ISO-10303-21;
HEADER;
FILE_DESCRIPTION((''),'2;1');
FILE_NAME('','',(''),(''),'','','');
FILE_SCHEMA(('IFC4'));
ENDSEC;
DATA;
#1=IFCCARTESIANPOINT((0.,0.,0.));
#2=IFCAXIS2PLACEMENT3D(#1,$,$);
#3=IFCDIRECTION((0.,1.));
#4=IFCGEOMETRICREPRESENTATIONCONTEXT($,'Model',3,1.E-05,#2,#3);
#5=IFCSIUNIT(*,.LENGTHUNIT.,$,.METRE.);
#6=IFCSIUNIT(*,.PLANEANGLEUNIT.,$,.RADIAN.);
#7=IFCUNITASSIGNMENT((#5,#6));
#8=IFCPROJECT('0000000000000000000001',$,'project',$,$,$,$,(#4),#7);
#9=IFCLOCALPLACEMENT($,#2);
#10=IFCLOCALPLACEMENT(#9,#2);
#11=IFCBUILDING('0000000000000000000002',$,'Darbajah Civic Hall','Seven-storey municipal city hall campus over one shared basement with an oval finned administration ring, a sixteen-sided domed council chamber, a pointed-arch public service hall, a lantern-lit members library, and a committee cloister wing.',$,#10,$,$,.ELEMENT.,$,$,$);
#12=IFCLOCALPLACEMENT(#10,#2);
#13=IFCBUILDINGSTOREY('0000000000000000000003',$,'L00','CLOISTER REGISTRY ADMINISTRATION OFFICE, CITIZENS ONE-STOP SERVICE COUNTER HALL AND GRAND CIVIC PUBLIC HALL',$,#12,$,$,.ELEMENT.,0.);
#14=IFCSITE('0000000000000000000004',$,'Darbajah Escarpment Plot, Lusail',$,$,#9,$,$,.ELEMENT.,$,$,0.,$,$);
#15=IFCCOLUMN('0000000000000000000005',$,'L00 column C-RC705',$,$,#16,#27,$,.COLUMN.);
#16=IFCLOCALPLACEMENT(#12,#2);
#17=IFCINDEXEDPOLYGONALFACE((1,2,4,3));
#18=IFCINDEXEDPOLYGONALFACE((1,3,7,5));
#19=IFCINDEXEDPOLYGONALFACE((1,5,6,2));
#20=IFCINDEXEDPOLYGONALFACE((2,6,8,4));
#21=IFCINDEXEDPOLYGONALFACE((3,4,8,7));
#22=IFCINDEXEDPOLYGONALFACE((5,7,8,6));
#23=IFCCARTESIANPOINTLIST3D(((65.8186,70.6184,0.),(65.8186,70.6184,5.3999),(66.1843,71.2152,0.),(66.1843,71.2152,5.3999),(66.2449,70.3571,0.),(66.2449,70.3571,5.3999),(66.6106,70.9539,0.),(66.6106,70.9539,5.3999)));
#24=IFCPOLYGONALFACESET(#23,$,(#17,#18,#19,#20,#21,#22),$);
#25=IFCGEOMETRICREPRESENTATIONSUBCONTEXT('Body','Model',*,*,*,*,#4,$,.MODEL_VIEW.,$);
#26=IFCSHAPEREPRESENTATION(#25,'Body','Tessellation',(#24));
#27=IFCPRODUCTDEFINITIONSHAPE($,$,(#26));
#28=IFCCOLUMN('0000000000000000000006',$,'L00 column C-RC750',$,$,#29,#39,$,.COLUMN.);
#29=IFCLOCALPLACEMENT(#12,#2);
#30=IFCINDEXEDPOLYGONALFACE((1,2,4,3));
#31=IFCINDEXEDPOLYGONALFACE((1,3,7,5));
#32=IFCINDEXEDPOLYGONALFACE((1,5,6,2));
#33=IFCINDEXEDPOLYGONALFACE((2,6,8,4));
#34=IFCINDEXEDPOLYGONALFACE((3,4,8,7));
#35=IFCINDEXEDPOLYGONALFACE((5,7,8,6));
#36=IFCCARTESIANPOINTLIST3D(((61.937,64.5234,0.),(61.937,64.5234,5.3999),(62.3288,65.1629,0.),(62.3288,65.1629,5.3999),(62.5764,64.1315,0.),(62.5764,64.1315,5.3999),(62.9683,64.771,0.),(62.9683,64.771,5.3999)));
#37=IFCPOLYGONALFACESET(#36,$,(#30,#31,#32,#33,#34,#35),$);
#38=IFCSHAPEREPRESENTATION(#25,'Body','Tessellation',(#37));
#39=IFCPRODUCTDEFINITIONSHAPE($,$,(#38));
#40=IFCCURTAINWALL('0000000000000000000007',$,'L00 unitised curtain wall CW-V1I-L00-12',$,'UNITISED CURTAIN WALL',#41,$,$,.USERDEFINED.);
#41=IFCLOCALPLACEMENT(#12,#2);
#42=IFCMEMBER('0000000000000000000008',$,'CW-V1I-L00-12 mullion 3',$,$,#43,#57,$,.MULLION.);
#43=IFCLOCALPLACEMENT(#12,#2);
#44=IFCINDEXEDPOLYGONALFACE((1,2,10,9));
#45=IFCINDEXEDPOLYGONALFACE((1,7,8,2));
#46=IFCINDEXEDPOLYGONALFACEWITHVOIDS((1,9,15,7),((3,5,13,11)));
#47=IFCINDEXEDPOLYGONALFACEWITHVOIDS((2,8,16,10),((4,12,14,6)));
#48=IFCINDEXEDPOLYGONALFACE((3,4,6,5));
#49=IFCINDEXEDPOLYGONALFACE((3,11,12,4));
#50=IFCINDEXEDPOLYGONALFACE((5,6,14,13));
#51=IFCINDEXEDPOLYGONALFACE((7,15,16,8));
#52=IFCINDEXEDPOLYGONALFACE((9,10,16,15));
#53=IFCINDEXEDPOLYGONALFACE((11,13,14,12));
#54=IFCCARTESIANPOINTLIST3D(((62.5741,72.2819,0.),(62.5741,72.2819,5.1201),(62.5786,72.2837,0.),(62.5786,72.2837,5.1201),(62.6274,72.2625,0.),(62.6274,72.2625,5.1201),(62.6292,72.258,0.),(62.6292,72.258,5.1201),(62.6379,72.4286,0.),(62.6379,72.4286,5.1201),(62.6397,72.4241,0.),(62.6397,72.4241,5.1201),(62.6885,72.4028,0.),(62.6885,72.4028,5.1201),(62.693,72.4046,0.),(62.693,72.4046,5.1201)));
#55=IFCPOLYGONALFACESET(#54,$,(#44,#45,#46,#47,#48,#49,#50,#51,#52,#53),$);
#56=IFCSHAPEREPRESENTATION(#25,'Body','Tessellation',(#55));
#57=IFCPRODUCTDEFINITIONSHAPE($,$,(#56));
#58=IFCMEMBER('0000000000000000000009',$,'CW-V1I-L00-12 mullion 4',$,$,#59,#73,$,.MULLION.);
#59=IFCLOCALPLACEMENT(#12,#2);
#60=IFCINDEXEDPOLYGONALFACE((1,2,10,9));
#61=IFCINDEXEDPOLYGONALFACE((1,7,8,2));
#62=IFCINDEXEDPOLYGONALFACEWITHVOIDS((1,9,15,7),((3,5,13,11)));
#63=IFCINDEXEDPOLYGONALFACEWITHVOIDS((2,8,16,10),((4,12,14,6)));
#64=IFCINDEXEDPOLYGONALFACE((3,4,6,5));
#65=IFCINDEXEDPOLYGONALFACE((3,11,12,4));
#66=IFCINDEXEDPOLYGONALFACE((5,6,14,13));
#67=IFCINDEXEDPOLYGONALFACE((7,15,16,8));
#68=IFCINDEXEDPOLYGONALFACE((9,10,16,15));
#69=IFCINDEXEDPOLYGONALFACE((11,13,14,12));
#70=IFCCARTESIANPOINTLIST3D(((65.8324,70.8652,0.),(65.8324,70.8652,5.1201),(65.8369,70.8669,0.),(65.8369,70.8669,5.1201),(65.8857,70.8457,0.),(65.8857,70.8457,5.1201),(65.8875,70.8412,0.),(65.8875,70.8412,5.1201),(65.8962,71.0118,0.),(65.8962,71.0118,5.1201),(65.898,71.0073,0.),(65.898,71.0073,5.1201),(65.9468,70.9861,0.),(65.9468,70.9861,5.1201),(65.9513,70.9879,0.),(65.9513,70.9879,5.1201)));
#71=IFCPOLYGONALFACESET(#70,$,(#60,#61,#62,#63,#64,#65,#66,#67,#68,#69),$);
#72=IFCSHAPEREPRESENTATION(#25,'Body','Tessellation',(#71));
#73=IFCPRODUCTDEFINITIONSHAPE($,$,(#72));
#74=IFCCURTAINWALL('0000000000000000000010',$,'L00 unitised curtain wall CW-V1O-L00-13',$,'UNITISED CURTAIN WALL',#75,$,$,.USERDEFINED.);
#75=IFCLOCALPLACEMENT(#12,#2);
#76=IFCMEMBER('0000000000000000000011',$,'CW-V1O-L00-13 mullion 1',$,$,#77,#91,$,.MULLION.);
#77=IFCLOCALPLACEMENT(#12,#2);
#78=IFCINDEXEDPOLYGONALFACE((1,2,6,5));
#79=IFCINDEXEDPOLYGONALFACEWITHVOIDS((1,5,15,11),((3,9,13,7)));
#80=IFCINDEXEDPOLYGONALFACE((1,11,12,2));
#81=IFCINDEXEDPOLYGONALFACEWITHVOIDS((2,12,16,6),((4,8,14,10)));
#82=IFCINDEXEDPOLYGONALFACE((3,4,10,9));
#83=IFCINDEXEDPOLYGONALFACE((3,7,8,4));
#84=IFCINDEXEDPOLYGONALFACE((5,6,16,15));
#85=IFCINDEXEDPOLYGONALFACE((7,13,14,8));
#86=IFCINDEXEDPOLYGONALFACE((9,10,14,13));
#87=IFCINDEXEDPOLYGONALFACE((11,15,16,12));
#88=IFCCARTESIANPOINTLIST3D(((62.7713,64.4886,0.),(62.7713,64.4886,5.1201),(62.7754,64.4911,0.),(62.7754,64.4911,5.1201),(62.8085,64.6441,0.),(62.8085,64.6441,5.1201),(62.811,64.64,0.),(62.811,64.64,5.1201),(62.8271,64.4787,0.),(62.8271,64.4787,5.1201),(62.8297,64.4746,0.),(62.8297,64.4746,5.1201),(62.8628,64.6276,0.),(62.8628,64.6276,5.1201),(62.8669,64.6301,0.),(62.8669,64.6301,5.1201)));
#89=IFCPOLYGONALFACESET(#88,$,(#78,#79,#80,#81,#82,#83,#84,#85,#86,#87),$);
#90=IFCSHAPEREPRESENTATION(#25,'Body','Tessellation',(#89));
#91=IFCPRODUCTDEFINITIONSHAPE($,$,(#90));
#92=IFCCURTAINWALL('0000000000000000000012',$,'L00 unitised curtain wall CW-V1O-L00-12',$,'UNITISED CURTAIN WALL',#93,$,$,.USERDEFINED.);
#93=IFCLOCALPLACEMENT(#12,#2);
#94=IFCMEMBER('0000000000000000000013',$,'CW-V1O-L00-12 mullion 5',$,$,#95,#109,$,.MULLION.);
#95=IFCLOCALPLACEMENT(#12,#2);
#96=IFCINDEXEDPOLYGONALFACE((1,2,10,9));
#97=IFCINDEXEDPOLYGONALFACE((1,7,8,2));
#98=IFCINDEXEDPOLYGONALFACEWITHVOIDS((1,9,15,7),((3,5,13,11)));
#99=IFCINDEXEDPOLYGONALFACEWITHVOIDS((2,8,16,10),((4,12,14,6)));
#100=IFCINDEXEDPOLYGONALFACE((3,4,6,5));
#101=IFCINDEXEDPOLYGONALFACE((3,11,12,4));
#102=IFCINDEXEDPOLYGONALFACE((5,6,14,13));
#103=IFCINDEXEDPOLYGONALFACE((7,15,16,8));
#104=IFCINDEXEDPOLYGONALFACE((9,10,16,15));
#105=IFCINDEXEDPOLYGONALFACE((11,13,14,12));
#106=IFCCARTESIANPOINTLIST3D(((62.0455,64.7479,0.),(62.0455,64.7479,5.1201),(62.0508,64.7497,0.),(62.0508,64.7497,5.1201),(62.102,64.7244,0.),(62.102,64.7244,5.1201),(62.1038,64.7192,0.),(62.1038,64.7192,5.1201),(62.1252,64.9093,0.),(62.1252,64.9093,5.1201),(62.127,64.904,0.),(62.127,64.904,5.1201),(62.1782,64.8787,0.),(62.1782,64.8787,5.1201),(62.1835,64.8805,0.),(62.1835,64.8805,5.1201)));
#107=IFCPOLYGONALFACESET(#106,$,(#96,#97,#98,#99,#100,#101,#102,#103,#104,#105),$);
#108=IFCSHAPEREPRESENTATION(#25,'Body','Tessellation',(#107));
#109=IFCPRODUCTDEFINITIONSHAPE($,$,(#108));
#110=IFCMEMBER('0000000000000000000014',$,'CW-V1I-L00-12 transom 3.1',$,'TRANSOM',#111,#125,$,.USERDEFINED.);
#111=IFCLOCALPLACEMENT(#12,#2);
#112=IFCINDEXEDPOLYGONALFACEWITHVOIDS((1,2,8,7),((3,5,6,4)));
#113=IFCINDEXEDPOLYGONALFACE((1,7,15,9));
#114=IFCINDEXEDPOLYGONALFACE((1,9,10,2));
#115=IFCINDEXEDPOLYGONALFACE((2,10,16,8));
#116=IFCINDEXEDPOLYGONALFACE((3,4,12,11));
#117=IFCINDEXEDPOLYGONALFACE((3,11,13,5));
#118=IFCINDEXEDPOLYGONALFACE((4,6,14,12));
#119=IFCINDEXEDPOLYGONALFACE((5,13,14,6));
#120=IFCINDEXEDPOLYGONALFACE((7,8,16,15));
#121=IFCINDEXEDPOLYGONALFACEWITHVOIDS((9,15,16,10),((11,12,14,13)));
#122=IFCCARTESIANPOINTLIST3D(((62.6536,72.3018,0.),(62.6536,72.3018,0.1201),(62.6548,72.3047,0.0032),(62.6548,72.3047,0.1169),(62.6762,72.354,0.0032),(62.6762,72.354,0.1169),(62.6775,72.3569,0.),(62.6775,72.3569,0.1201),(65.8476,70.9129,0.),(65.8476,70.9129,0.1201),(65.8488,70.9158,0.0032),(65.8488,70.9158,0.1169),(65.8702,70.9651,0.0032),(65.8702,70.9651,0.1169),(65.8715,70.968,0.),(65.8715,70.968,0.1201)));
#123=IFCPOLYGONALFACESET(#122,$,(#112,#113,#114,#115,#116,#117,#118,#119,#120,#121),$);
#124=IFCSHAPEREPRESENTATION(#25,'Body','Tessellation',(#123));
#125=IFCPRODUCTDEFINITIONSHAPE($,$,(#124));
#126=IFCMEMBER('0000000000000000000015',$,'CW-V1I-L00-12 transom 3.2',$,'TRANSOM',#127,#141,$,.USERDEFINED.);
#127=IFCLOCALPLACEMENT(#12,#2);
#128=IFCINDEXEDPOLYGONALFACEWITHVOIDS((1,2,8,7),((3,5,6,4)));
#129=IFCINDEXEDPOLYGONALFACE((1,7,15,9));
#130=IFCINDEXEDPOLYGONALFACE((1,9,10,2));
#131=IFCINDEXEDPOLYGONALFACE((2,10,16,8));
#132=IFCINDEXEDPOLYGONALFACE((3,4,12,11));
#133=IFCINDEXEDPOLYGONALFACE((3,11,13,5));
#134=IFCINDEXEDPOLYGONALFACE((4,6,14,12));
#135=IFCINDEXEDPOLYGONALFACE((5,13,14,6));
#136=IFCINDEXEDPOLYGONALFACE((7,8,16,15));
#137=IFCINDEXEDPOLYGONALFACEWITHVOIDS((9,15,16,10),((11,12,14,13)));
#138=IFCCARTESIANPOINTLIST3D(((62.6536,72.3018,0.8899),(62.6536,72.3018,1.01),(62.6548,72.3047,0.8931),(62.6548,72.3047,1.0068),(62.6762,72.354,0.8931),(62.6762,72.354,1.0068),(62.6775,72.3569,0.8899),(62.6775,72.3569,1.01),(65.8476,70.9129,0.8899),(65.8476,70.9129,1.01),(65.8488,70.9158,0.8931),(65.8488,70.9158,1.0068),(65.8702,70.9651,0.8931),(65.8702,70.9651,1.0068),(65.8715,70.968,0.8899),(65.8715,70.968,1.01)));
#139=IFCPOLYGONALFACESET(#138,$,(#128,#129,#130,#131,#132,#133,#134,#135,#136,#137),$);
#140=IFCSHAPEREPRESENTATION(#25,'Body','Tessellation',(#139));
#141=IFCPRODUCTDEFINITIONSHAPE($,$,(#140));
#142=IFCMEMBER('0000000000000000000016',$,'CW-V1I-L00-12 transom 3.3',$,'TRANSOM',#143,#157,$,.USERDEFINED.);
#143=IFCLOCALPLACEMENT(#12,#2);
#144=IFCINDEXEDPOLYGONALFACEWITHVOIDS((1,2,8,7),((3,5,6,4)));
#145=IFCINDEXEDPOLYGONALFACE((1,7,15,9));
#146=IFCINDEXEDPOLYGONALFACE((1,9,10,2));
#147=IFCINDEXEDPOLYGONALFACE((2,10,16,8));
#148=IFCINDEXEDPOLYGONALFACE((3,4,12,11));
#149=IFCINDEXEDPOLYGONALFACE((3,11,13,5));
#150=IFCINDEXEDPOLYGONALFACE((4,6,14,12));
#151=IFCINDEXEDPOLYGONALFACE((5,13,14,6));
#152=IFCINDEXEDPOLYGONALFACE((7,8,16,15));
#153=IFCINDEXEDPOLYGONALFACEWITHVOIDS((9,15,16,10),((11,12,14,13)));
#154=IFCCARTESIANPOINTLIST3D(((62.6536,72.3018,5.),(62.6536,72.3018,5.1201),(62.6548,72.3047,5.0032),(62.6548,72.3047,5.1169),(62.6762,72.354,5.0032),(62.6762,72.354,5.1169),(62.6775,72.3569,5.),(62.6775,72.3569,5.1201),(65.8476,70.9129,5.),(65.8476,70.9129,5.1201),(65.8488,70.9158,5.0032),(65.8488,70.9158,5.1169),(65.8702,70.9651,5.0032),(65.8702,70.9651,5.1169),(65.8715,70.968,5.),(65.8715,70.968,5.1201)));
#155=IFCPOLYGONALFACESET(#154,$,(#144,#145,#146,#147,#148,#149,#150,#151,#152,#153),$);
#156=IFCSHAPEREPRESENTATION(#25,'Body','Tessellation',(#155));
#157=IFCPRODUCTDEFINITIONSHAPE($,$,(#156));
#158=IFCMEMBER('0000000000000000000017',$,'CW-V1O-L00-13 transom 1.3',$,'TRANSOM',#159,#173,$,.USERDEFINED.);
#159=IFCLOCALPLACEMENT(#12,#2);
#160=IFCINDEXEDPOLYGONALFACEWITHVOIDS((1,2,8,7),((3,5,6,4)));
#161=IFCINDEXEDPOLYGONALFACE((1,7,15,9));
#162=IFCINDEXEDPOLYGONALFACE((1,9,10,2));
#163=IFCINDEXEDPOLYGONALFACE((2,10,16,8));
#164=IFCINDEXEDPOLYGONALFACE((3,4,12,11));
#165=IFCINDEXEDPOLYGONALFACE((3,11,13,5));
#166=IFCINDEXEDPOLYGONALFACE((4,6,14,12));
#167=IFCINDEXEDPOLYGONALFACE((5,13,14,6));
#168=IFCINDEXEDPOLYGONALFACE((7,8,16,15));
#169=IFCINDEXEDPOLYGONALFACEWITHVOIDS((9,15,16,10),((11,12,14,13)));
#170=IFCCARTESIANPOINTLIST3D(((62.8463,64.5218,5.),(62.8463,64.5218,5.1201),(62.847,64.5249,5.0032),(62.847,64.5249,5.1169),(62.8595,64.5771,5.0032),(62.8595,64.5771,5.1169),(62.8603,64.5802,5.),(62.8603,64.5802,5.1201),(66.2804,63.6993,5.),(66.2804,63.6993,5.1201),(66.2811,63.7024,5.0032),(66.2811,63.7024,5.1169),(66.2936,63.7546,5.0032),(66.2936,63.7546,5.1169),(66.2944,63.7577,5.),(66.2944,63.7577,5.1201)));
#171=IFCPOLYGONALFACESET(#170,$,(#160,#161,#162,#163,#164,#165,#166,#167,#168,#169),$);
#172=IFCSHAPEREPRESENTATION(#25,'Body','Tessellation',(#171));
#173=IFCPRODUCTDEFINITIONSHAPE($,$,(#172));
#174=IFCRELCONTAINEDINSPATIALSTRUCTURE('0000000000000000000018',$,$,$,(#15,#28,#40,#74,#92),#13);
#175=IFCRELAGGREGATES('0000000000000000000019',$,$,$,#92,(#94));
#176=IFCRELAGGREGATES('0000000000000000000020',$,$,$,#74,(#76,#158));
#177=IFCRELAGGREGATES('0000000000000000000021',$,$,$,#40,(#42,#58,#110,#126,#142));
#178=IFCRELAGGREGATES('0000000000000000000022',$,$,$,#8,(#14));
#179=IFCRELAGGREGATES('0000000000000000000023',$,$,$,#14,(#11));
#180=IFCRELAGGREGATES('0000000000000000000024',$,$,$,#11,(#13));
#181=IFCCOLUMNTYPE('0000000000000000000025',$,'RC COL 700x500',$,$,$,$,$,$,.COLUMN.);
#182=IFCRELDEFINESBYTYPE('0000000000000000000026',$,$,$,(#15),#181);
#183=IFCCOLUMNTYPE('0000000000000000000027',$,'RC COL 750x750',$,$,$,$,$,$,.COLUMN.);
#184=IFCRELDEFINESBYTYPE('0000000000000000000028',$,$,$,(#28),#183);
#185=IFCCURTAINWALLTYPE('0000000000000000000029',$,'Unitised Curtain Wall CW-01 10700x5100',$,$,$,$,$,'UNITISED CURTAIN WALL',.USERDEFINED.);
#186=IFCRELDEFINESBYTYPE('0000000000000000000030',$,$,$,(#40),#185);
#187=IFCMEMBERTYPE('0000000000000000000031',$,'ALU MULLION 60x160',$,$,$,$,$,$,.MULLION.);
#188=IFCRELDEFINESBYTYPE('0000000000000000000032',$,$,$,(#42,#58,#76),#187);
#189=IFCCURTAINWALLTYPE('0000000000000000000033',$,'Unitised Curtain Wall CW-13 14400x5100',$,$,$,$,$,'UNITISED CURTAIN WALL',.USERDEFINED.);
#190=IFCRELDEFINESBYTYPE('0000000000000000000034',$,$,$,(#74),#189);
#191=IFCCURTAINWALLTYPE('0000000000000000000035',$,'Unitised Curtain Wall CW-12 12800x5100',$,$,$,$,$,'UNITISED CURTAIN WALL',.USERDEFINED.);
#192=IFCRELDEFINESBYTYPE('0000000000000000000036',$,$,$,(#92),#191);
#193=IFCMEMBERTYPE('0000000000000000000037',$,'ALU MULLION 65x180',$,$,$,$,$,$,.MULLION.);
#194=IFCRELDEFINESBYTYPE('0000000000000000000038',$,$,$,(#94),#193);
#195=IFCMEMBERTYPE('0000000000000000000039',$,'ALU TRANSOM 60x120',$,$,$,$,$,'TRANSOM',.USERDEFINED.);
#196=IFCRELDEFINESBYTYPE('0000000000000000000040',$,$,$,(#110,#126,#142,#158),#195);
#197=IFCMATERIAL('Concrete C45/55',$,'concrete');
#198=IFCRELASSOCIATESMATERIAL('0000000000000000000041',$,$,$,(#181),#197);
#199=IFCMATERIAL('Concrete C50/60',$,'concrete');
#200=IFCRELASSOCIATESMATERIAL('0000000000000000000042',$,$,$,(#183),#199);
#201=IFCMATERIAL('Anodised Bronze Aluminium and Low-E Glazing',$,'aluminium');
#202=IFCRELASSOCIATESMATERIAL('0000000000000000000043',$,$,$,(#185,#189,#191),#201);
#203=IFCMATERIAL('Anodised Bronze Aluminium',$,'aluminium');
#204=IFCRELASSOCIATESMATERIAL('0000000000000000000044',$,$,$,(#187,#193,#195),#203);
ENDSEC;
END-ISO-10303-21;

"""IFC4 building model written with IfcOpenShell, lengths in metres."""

from ifc_helpers import new_model, si_unit, direction, frame, origin, origin_2d, place, context, subcontext, project, spatial, rectangle, hollow_rectangle, extrude, material, material_profile, profile_set, type_object, element, aggregate, save


model = new_model("IFC4")

# Units and contexts
model_context = context("Model", 3, precision=1e-05, world=origin(), true_north=direction((0.0, 1.0)))
body_context = subcontext(model_context, "Body", "Model", "MODEL_VIEW")
ifc_project = project(units=[si_unit("LENGTHUNIT", "METRE"), si_unit("PLANEANGLEUNIT", "RADIAN")], contexts=[model_context])

# Site, building, storey
site_placement = place(None, origin())
site = spatial("IfcSite", under=ifc_project, at=site_placement, Name="Darbajah Escarpment Plot, Lusail", CompositionType="ELEMENT", RefElevation=0.0)
building_placement = place(site_placement, origin())
building = spatial("IfcBuilding", under=site, at=building_placement, Name="Darbajah Civic Hall", Description="Seven-storey municipal city hall campus over one shared basement with an oval finned administration ring, a sixteen-sided domed council chamber, a pointed-arch public service hall, a lantern-lit members library, and a committee cloister wing.", CompositionType="ELEMENT")
storey_placement = place(building_placement, origin())
storey = spatial("IfcBuildingStorey", under=building, at=storey_placement, Name="L00", Description="CLOISTER REGISTRY ADMINISTRATION OFFICE, CITIZENS ONE-STOP SERVICE COUNTER HALL AND GRAND CIVIC PUBLIC HALL", CompositionType="ELEMENT", Elevation=0.0)

# Columns
ifc_material_1 = material(Name="Concrete C45/55", Category="concrete")
ifc_material_profile_1 = material_profile(ifc_material_1, rectangle(XDim=0.7, YDim=0.5, at=origin_2d()), Name="RC COL 700x500")
ifc_profile_set_1 = profile_set([ifc_material_profile_1], Name="Concrete C45/55")
column_type_1 = type_object("IfcColumnType", Name="RC COL 700x500", PredefinedType="COLUMN", material=ifc_profile_set_1)
column_1_placement = place(storey_placement, frame((66.2146, 70.7861, 0.0), z_axis=(0.0, 0.0, 1.0), x_axis=(-0.522499, -0.85264, 0.0)))
element("IfcColumn", 1, at=column_1_placement, inside=storey, type_object=column_type_1, Name="L00 column C-RC705", PredefinedType="COLUMN", context=body_context, shape_type="SweptSolid", body=[
    extrude(rectangle(XDim=0.7, YDim=0.5, at=origin_2d()), origin(), (0.0, 0.0, 1.0), 5.3999),
])
ifc_material_2 = material(Name="Concrete C50/60", Category="concrete")
ifc_material_profile_2 = material_profile(ifc_material_2, rectangle(XDim=0.75, YDim=0.75, at=origin_2d()), Name="RC COL 750x750")
ifc_profile_set_2 = profile_set([ifc_material_profile_2], Name="Concrete C50/60")
column_type_2 = type_object("IfcColumnType", Name="RC COL 750x750", PredefinedType="COLUMN", material=ifc_profile_set_2)
column_2_placement = place(storey_placement, frame((62.4526, 64.6472, 0.0), z_axis=(0.0, 0.0, 1.0), x_axis=(-0.522499, -0.85264, 0.0)))
element("IfcColumn", 2, at=column_2_placement, inside=storey, type_object=column_type_2, Name="L00 column C-RC750", PredefinedType="COLUMN", context=body_context, shape_type="SweptSolid", body=[
    extrude(rectangle(XDim=0.75, YDim=0.75, at=origin_2d()), origin(), (0.0, 0.0, 1.0), 5.3999),
])

# Curtain wall, members
ifc_material_3 = material(Name="Anodised Bronze Aluminium and Low-E Glazing", Category="aluminium")
curtain_wall_type_1 = type_object("IfcCurtainWallType", Name="Unitised Curtain Wall CW-01 10700x5100", ElementType="UNITISED CURTAIN WALL", PredefinedType="USERDEFINED", material=ifc_material_3)
curtain_wall_1_placement = place(storey_placement, origin())
curtain_wall_1 = element("IfcCurtainWall", 3, at=curtain_wall_1_placement, inside=storey, type_object=curtain_wall_type_1, Name="L00 unitised curtain wall CW-V1I-L00-12", ObjectType="UNITISED CURTAIN WALL", PredefinedType="USERDEFINED")
ifc_material_4 = material(Name="Anodised Bronze Aluminium", Category="aluminium")
ifc_material_profile_3 = material_profile(ifc_material_4, hollow_rectangle(XDim=0.0601, YDim=0.1599, WallThickness=0.0034, at=origin_2d()), Name="ALU MULLION 60x160")
ifc_profile_set_3 = profile_set([ifc_material_profile_3], Name="Anodised Bronze Aluminium")
member_type_1 = type_object("IfcMemberType", Name="ALU MULLION 60x160", PredefinedType="MULLION", material=ifc_profile_set_3)
member_1_placement = place(storey_placement, frame((62.6335, 72.3433, 0.0), z_axis=(0.0, 0.0, 1.0), x_axis=(0.91706, -0.398749, 0.0)))
member_1 = element("IfcMember", 4, at=member_1_placement, type_object=member_type_1, Name="CW-V1I-L00-12 mullion 3", PredefinedType="MULLION", context=body_context, shape_type="SweptSolid", body=[
    extrude(hollow_rectangle(XDim=0.0601, YDim=0.1599, WallThickness=0.0034, at=origin_2d()), origin(), (0.0, 0.0, 1.0), 5.1201),
])
member_2_placement = place(storey_placement, frame((65.8918, 70.9265, 0.0), z_axis=(0.0, 0.0, 1.0), x_axis=(0.91706, -0.398749, 0.0)))
member_2 = element("IfcMember", 5, at=member_2_placement, type_object=member_type_1, Name="CW-V1I-L00-12 mullion 4", PredefinedType="MULLION", context=body_context, shape_type="SweptSolid", body=[
    extrude(hollow_rectangle(XDim=0.0601, YDim=0.1599, WallThickness=0.0034, at=origin_2d()), origin(), (0.0, 0.0, 1.0), 5.1201),
])

# Curtain walls, members
curtain_wall_type_2 = type_object("IfcCurtainWallType", Name="Unitised Curtain Wall CW-13 14400x5100", ElementType="UNITISED CURTAIN WALL", PredefinedType="USERDEFINED", material=ifc_material_3)
curtain_wall_2_placement = place(storey_placement, origin())
curtain_wall_2 = element("IfcCurtainWall", 6, at=curtain_wall_2_placement, inside=storey, type_object=curtain_wall_type_2, Name="L00 unitised curtain wall CW-V1O-L00-13", ObjectType="UNITISED CURTAIN WALL", PredefinedType="USERDEFINED")
member_3_placement = place(storey_placement, frame((62.8191, 64.5593, 0.0), z_axis=(0.0, 0.0, 1.0), x_axis=(0.972492, -0.232936, 0.0)))
member_3 = element("IfcMember", 7, at=member_3_placement, type_object=member_type_1, Name="CW-V1O-L00-13 mullion 1", PredefinedType="MULLION", context=body_context, shape_type="SweptSolid", body=[
    extrude(hollow_rectangle(XDim=0.0601, YDim=0.1599, WallThickness=0.0034, at=origin_2d()), origin(), (0.0, 0.0, 1.0), 5.1201),
])
curtain_wall_type_3 = type_object("IfcCurtainWallType", Name="Unitised Curtain Wall CW-12 12800x5100", ElementType="UNITISED CURTAIN WALL", PredefinedType="USERDEFINED", material=ifc_material_3)
curtain_wall_3_placement = place(storey_placement, origin())
curtain_wall_3 = element("IfcCurtainWall", 8, at=curtain_wall_3_placement, inside=storey, type_object=curtain_wall_type_3, Name="L00 unitised curtain wall CW-V1O-L00-12", ObjectType="UNITISED CURTAIN WALL", PredefinedType="USERDEFINED")
ifc_material_profile_4 = material_profile(ifc_material_4, hollow_rectangle(XDim=0.0649, YDim=0.1799, WallThickness=0.0039, at=origin_2d()), Name="ALU MULLION 65x180")
ifc_profile_set_4 = profile_set([ifc_material_profile_4], Name="Anodised Bronze Aluminium")
member_type_2 = type_object("IfcMemberType", Name="ALU MULLION 65x180", PredefinedType="MULLION", material=ifc_profile_set_4)
member_4_placement = place(storey_placement, frame((62.1145, 64.8142, 0.0), z_axis=(0.0, 0.0, 1.0), x_axis=(0.896564, -0.442915, 0.0)))
member_4 = element("IfcMember", 9, at=member_4_placement, type_object=member_type_2, Name="CW-V1O-L00-12 mullion 5", PredefinedType="MULLION", context=body_context, shape_type="SweptSolid", body=[
    extrude(hollow_rectangle(XDim=0.0649, YDim=0.1799, WallThickness=0.0039, at=origin_2d()), origin(), (0.0, 0.0, 1.0), 5.1201),
])
aggregate(curtain_wall_3, [member_4])

# Members
ifc_material_profile_5 = material_profile(ifc_material_4, hollow_rectangle(XDim=0.0601, YDim=0.1201, WallThickness=0.0032, at=origin_2d()), Name="ALU TRANSOM 60x120")
ifc_profile_set_5 = profile_set([ifc_material_profile_5], Name="Anodised Bronze Aluminium")
member_type_3 = type_object("IfcMemberType", Name="ALU TRANSOM 60x120", ElementType="TRANSOM", PredefinedType="USERDEFINED", material=ifc_profile_set_5)
member_5_placement = place(storey_placement, frame((62.6655, 72.3293, 0.0601), z_axis=(0.917051, -0.39877, 0.0), x_axis=(0.39877, 0.917051, 0.0)))
member_5 = element("IfcMember", 10, at=member_5_placement, type_object=member_type_3, Name="CW-V1I-L00-12 transom 3.1", ObjectType="TRANSOM", PredefinedType="USERDEFINED", context=body_context, shape_type="SweptSolid", body=[
    extrude(hollow_rectangle(XDim=0.0601, YDim=0.1201, WallThickness=0.0032, at=origin_2d()), origin(), (0.0, 0.0, 1.0), 3.4829),
])
member_6_placement = place(storey_placement, frame((62.6655, 72.3293, 0.95), z_axis=(0.917051, -0.39877, 0.0), x_axis=(0.39877, 0.917051, 0.0)))
member_6 = element("IfcMember", 11, at=member_6_placement, type_object=member_type_3, Name="CW-V1I-L00-12 transom 3.2", ObjectType="TRANSOM", PredefinedType="USERDEFINED", context=body_context, shape_type="SweptSolid", body=[
    extrude(hollow_rectangle(XDim=0.0601, YDim=0.1201, WallThickness=0.0032, at=origin_2d()), origin(), (0.0, 0.0, 1.0), 3.4829),
])
member_7_placement = place(storey_placement, frame((62.6655, 72.3293, 5.0601), z_axis=(0.917051, -0.39877, 0.0), x_axis=(0.39877, 0.917051, 0.0)))
member_7 = element("IfcMember", 12, at=member_7_placement, type_object=member_type_3, Name="CW-V1I-L00-12 transom 3.3", ObjectType="TRANSOM", PredefinedType="USERDEFINED", context=body_context, shape_type="SweptSolid", body=[
    extrude(hollow_rectangle(XDim=0.0601, YDim=0.1201, WallThickness=0.0032, at=origin_2d()), origin(), (0.0, 0.0, 1.0), 3.4829),
])
member_8_placement = place(storey_placement, frame((62.8533, 64.551, 5.0601), z_axis=(0.972495, -0.232926, 0.0), x_axis=(0.232926, 0.972495, 0.0)))
member_8 = element("IfcMember", 13, at=member_8_placement, type_object=member_type_3, Name="CW-V1O-L00-13 transom 1.3", ObjectType="TRANSOM", PredefinedType="USERDEFINED", context=body_context, shape_type="SweptSolid", body=[
    extrude(hollow_rectangle(XDim=0.0601, YDim=0.1201, WallThickness=0.0032, at=origin_2d()), origin(), (0.0, 0.0, 1.0), 3.5312),
])
aggregate(curtain_wall_2, [member_3, member_8])

aggregate(curtain_wall_1, [member_1, member_2, member_5, member_6, member_7])

save(model, "model.ifc")
